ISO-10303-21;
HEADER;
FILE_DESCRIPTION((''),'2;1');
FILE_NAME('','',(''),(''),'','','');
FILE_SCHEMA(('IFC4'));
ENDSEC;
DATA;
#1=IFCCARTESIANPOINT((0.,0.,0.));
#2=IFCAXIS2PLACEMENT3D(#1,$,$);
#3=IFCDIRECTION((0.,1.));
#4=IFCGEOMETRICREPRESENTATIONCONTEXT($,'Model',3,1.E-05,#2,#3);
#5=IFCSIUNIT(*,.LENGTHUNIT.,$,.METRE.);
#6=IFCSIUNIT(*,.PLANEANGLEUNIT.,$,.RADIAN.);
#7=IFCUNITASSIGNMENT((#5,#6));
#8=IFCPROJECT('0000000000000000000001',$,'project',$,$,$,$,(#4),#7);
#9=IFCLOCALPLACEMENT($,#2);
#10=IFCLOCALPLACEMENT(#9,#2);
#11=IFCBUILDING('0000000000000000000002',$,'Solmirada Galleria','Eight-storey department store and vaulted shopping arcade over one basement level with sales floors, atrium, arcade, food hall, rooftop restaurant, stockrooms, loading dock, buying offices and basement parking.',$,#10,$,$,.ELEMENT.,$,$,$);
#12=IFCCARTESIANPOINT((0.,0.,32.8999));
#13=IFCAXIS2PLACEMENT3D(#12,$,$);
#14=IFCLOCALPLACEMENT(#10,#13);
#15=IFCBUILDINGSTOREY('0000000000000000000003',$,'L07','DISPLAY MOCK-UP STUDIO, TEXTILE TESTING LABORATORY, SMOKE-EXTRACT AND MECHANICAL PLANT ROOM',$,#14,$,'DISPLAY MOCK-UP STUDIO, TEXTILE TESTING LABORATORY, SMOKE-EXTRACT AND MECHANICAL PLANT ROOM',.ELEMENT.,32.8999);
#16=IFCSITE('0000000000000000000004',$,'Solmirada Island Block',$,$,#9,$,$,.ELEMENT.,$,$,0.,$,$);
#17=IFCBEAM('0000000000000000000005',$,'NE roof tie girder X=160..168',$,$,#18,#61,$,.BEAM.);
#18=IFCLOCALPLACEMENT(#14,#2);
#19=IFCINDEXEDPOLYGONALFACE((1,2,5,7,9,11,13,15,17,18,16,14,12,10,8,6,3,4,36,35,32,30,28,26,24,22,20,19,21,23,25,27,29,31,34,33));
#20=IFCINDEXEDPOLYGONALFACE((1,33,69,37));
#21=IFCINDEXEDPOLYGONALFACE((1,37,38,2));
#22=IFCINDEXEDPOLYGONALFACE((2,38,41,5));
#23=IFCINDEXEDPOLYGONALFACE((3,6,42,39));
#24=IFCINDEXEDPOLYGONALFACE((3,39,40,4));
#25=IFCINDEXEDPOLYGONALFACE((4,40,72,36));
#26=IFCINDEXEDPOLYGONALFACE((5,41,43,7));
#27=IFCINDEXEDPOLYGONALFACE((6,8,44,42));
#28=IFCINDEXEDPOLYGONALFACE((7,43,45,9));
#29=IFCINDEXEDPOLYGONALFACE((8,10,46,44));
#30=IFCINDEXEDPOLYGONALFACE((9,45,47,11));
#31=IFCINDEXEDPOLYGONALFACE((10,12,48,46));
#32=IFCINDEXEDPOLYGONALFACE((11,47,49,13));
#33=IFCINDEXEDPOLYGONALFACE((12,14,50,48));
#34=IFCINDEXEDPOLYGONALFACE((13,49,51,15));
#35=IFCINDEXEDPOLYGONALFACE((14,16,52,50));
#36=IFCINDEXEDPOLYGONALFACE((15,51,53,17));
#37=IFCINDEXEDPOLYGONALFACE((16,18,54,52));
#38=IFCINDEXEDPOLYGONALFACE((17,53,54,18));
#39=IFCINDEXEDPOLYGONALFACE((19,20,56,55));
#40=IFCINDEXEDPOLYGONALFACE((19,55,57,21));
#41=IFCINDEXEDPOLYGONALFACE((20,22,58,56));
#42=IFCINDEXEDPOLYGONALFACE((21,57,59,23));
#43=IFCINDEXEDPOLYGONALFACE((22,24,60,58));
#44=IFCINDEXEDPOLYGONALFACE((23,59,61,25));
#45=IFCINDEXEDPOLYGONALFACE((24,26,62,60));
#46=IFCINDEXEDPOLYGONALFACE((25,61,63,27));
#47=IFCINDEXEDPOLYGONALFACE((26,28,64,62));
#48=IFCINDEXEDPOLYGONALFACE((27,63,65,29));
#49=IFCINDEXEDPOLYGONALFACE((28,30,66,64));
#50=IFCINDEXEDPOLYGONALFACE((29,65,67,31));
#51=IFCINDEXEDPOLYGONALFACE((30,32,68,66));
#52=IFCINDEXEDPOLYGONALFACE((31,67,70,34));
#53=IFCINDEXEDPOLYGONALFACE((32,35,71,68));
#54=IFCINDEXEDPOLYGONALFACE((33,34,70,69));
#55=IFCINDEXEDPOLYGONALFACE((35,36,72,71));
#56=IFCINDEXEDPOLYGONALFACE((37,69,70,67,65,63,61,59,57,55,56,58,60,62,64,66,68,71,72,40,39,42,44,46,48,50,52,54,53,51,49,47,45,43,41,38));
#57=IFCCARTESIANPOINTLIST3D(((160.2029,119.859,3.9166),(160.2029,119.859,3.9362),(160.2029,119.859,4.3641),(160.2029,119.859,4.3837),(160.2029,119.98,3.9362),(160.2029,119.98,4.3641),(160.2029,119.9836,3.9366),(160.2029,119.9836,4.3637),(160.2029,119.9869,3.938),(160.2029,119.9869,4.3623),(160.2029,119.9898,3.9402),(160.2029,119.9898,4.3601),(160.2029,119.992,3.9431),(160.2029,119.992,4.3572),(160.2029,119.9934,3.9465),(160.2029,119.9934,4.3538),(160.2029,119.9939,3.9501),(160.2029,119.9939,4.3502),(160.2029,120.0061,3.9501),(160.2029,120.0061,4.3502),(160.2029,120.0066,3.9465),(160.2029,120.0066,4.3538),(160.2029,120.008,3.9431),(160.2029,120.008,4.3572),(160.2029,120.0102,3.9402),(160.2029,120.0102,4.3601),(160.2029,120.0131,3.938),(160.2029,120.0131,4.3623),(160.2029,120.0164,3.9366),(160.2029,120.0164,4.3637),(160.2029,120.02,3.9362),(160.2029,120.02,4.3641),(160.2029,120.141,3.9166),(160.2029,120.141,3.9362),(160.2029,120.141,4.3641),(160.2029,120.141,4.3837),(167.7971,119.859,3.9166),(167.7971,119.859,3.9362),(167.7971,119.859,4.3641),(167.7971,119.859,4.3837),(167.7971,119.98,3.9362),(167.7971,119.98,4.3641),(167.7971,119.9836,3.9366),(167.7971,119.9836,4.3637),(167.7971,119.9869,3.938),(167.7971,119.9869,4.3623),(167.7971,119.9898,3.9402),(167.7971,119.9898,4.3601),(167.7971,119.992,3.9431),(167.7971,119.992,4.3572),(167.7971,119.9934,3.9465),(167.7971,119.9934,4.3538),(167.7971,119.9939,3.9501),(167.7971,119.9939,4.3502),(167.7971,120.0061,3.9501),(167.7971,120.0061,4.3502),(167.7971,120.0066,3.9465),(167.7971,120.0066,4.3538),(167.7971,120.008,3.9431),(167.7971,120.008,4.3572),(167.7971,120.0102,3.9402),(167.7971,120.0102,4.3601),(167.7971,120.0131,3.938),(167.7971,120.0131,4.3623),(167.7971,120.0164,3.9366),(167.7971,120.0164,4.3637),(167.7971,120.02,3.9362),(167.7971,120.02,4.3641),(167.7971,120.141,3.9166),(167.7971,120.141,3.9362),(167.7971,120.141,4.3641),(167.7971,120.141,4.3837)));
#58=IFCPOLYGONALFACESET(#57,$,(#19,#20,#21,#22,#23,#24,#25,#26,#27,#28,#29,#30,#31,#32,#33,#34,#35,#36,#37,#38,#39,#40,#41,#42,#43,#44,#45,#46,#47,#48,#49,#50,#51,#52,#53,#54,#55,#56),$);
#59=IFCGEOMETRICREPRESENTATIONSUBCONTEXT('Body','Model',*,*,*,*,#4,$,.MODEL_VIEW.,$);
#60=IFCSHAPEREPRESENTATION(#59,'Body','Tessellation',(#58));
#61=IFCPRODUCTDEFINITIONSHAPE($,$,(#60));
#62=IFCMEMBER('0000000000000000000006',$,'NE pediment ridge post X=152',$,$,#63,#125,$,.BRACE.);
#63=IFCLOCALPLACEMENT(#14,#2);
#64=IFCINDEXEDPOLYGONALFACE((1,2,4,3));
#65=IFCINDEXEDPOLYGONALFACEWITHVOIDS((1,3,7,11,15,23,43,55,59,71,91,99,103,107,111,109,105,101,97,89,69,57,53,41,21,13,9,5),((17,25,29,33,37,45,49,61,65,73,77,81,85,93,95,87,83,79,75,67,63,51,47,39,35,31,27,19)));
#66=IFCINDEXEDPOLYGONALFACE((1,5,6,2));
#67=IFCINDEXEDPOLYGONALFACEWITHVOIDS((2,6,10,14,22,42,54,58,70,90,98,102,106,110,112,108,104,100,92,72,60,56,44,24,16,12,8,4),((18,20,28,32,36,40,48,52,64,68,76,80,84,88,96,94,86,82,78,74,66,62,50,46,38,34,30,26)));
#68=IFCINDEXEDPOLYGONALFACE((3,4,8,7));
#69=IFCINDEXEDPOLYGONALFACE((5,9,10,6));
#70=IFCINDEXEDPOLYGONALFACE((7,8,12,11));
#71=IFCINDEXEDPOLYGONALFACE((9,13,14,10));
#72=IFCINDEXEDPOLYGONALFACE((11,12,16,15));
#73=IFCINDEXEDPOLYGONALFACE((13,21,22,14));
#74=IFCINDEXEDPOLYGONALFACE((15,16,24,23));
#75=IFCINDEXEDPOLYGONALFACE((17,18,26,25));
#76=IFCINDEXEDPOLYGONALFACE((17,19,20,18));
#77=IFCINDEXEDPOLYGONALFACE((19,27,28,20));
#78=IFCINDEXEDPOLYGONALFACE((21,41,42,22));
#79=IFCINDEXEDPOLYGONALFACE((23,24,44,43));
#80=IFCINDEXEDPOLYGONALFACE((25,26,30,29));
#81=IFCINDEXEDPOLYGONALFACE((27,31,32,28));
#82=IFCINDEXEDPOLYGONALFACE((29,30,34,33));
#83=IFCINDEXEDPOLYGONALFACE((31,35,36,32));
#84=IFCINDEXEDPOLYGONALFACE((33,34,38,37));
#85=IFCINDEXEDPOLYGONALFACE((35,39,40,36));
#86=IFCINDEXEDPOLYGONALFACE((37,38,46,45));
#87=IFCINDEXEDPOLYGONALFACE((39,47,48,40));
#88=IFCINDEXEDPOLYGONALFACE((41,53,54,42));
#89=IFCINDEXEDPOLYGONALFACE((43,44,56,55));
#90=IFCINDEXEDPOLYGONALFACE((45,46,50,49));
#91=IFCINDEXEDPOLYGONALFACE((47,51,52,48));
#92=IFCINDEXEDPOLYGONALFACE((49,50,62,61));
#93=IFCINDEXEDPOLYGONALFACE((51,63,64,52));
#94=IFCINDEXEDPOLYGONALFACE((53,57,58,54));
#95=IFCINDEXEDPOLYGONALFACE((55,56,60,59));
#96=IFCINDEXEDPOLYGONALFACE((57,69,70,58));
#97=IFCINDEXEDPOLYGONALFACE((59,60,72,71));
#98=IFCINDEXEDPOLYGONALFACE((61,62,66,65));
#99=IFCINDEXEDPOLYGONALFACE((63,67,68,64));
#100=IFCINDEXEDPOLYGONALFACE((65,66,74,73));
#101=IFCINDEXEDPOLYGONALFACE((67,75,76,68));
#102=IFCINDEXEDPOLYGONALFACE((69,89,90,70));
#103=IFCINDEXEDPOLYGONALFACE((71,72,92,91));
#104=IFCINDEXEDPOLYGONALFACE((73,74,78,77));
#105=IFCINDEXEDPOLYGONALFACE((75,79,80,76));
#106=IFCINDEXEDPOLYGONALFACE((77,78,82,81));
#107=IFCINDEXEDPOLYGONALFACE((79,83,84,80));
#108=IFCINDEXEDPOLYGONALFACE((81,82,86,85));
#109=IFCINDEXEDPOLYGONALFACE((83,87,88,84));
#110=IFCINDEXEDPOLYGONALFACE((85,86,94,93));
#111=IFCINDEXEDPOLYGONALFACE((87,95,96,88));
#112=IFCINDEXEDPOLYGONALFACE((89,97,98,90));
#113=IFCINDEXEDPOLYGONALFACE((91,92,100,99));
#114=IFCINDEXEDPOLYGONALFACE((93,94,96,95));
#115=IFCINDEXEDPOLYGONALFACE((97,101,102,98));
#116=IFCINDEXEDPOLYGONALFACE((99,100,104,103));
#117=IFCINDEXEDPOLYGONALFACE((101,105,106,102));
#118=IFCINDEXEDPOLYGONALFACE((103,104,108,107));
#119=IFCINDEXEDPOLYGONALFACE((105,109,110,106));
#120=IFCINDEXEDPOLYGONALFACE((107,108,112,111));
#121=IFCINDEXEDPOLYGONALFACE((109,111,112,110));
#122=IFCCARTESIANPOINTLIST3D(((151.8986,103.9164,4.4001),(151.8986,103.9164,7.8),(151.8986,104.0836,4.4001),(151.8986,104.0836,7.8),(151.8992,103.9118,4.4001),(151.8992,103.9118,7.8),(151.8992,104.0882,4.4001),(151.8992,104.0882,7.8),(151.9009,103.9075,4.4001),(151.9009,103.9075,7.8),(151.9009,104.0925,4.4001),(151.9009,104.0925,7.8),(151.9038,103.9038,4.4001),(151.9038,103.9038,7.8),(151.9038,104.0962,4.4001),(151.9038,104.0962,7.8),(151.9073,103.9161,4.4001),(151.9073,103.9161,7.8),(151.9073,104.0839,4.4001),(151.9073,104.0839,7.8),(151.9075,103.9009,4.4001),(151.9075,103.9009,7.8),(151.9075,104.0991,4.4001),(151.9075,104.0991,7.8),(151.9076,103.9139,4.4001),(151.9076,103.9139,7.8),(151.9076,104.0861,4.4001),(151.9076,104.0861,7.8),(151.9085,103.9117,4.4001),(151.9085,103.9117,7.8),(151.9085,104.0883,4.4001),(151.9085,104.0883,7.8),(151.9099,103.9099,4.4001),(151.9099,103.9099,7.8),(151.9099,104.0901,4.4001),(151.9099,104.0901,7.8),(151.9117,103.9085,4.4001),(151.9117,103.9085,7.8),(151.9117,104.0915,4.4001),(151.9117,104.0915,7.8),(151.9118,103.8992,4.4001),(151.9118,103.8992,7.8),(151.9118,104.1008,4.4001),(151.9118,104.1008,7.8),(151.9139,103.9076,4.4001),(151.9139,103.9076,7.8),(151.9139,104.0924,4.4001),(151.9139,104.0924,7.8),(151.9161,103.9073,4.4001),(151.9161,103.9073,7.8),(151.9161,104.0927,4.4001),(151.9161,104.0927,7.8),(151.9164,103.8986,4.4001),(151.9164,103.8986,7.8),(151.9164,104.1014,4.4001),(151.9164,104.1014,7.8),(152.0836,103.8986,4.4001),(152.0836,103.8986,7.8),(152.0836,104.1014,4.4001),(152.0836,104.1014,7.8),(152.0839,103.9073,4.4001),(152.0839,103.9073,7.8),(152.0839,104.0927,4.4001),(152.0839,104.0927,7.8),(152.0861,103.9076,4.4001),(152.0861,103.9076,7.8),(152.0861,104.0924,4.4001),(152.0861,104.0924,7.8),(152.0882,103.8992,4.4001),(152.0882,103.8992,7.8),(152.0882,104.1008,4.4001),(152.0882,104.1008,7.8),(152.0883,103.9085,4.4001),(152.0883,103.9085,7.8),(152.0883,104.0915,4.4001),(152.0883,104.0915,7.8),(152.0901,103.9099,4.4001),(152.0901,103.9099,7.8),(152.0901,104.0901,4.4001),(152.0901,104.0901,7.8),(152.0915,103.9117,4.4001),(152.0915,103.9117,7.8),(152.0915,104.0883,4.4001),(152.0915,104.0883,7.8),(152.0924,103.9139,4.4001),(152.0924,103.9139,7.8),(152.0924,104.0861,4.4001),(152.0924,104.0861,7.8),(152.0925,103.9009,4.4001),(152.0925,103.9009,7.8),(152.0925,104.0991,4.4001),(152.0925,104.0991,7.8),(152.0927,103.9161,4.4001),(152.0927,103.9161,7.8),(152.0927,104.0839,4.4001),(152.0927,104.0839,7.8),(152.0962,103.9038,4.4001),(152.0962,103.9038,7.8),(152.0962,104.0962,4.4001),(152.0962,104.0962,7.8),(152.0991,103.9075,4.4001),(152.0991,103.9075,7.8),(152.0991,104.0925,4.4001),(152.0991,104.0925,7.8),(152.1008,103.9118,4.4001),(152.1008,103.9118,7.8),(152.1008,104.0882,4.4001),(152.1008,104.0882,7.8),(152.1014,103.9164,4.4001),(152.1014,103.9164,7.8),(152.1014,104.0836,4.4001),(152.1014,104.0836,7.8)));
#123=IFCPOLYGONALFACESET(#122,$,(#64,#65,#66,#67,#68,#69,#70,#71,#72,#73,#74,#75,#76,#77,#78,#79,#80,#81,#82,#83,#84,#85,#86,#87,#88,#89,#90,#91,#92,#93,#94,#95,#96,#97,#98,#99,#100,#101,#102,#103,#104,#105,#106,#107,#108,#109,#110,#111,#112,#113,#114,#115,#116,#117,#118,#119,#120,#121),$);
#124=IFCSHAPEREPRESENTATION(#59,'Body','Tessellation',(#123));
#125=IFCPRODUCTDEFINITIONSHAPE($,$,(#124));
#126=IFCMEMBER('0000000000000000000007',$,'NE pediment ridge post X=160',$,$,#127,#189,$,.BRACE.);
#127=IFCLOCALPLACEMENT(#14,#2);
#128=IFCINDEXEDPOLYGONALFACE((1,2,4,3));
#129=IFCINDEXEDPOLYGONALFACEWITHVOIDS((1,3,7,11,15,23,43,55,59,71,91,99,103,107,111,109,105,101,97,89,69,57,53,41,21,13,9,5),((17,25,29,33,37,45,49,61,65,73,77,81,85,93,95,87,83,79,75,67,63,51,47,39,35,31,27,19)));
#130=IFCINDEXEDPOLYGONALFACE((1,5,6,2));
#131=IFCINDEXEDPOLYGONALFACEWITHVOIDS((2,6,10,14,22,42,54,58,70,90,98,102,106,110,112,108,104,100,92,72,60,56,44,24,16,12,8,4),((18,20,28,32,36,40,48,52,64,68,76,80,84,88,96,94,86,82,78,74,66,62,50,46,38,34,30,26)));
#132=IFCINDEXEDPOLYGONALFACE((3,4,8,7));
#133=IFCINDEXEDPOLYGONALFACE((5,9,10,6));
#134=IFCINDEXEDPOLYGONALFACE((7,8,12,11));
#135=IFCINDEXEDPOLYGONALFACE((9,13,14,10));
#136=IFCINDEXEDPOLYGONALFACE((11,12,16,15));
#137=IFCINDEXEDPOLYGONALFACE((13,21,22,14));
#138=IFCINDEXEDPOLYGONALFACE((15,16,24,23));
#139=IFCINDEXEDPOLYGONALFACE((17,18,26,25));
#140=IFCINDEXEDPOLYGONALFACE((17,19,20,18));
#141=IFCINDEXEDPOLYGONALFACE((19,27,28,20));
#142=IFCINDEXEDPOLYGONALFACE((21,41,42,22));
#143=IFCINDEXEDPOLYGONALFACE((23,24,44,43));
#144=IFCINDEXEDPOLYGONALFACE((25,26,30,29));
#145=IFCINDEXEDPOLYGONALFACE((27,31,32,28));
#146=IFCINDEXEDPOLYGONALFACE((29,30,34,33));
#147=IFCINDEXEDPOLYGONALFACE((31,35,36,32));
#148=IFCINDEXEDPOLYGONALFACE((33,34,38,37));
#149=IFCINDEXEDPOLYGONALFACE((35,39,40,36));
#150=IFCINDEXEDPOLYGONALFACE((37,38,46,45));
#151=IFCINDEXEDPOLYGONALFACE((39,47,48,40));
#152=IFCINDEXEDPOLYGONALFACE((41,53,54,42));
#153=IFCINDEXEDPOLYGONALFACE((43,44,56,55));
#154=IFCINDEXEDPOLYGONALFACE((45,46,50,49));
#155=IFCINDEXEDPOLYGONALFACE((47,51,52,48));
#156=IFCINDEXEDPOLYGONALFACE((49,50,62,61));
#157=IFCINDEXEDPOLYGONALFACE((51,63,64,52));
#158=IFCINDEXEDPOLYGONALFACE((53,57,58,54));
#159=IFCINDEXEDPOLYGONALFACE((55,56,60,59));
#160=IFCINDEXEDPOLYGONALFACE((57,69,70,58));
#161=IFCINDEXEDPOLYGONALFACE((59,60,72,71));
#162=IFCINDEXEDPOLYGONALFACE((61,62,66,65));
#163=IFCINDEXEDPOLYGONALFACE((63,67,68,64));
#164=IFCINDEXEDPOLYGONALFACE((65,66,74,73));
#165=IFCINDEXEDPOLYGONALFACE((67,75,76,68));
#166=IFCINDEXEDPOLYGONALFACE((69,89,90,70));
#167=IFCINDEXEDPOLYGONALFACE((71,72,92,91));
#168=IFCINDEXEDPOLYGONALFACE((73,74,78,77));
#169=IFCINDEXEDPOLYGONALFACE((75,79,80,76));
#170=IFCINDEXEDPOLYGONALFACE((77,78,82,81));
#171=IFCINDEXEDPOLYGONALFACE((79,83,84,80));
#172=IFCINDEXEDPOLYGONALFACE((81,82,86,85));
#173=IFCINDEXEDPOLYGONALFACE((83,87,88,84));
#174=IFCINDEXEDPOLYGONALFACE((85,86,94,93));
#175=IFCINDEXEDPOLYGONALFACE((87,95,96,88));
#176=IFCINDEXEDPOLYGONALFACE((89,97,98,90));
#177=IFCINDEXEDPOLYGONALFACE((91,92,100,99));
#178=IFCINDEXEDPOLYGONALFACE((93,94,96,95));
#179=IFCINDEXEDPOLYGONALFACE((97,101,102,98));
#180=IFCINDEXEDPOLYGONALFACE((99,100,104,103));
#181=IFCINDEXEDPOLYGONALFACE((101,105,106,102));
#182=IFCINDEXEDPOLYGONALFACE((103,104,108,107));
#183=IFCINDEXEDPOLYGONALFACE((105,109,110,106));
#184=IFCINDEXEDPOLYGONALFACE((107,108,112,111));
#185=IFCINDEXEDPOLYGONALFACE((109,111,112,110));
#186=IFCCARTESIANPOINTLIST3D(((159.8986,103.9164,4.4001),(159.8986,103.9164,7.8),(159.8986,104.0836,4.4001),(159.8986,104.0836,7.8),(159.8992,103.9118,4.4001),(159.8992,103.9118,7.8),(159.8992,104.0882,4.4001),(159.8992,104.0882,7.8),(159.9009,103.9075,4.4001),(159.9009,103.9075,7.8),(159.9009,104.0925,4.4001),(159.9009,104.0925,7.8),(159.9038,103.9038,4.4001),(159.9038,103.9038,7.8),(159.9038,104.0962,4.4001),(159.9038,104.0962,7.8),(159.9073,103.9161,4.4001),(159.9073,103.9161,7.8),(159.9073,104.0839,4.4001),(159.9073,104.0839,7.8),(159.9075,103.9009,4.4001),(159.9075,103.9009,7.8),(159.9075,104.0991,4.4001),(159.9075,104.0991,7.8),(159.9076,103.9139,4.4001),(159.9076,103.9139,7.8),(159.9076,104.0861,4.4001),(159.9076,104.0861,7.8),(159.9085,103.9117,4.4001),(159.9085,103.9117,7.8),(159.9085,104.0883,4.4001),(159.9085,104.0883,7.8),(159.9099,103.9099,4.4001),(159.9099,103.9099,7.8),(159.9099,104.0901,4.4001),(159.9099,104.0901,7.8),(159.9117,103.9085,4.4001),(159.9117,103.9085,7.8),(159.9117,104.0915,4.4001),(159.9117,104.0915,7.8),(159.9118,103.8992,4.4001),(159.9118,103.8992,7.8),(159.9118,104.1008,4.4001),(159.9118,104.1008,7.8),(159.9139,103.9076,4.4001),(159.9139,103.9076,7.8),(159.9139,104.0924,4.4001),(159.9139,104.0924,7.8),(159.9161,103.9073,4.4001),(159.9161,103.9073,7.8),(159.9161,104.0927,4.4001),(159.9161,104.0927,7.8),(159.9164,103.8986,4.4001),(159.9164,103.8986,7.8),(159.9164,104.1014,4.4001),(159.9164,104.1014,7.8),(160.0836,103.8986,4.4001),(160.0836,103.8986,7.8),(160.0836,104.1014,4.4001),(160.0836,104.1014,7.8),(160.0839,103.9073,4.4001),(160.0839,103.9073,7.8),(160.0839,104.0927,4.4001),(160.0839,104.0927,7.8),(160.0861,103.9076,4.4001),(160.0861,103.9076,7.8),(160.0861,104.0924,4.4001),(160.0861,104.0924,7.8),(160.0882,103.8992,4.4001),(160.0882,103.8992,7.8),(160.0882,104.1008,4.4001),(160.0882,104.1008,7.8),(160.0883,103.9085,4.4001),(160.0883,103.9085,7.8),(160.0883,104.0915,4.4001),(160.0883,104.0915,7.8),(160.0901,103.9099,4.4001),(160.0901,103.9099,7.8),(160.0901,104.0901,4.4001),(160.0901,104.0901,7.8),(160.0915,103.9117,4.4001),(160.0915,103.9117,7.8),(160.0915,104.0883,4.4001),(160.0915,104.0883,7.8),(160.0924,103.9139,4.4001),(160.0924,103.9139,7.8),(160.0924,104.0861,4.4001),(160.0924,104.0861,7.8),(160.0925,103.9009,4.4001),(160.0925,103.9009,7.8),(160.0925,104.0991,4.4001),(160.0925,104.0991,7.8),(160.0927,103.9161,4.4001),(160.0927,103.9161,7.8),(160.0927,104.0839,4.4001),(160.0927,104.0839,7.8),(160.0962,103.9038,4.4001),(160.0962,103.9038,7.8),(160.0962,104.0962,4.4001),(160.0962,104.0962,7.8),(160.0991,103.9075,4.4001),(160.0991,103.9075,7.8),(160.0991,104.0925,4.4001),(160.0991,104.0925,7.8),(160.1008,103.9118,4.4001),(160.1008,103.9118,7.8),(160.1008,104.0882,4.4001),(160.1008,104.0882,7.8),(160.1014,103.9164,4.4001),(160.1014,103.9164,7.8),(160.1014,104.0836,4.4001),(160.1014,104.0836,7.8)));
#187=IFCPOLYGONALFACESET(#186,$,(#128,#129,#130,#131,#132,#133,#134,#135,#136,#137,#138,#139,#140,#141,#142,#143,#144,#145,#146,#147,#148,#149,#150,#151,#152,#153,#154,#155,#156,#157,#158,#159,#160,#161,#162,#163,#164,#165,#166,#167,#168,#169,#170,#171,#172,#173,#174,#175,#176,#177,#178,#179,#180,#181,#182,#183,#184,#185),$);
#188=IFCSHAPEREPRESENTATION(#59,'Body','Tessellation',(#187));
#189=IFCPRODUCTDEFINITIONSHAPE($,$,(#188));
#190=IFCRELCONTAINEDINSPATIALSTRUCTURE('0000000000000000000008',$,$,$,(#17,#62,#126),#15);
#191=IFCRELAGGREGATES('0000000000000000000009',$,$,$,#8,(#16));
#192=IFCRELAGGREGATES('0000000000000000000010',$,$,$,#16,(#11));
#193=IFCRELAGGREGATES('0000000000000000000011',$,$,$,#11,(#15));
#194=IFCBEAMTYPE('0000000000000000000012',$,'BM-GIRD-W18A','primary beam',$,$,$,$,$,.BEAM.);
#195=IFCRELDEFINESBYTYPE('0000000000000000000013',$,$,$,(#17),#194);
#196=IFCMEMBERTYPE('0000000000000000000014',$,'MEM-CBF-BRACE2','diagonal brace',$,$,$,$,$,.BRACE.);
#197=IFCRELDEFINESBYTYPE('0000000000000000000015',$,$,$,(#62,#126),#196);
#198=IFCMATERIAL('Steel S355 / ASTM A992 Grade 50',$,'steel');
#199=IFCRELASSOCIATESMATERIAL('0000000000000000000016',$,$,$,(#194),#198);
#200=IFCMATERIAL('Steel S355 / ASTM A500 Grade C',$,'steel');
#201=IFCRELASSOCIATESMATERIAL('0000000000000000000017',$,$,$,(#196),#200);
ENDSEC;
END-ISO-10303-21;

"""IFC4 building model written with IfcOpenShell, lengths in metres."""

from ifc_helpers import new_model, si_unit, direction, frame, origin, origin_2d, place, context, subcontext, project, spatial, hollow_rectangle, i_section, extrude, material, material_profile, profile_set, type_object, element, save


model = new_model("IFC4")

# Units and contexts
model_context = context("Model", 3, precision=1e-05, world=origin(), true_north=direction((0.0, 1.0)))
body_context = subcontext(model_context, "Body", "Model", "MODEL_VIEW")
ifc_project = project(units=[si_unit("LENGTHUNIT", "METRE"), si_unit("PLANEANGLEUNIT", "RADIAN")], contexts=[model_context])

# Site, building, storey
site_placement = place(None, origin())
site = spatial("IfcSite", under=ifc_project, at=site_placement, Name="Solmirada Island Block", CompositionType="ELEMENT", RefElevation=0.0)
building_placement = place(site_placement, origin())
building = spatial("IfcBuilding", under=site, at=building_placement, Name="Solmirada Galleria", Description="Eight-storey department store and vaulted shopping arcade over one basement level with sales floors, atrium, arcade, food hall, rooftop restaurant, stockrooms, loading dock, buying offices and basement parking.", CompositionType="ELEMENT")
storey_placement = place(building_placement, frame((0.0, 0.0, 32.8999)))
storey = spatial("IfcBuildingStorey", under=building, at=storey_placement, Name="L07", Description="DISPLAY MOCK-UP STUDIO, TEXTILE TESTING LABORATORY, SMOKE-EXTRACT AND MECHANICAL PLANT ROOM", LongName="DISPLAY MOCK-UP STUDIO, TEXTILE TESTING LABORATORY, SMOKE-EXTRACT AND MECHANICAL PLANT ROOM", CompositionType="ELEMENT", Elevation=32.8999)

# Shared definitions
ifc_material_1 = material(Name="Steel S355 / ASTM A500 Grade C", Category="steel")

# Beam
ifc_material_2 = material(Name="Steel S355 / ASTM A992 Grade 50", Category="steel")
ifc_material_profile_1 = material_profile(ifc_material_2, i_section(OverallWidth=0.282, OverallDepth=0.467, WebThickness=0.0122, FlangeThickness=0.0195, FilletRadius=0.0139, at=origin_2d()), Name="W18X86")
ifc_profile_set_1 = profile_set([ifc_material_profile_1], Name="Steel S355 / ASTM A992 Grade 50")
beam_type = type_object("IfcBeamType", Name="BM-GIRD-W18A", Description="primary beam", PredefinedType="BEAM", material=ifc_profile_set_1)
beam_1_placement = place(storey_placement, frame((160.2029, 120.0, 4.1501), z_axis=(1.0, 0.0, 0.0), x_axis=(0.0, 1.0, 0.0)))
element("IfcBeam", 1, at=beam_1_placement, inside=storey, type_object=beam_type, Name="NE roof tie girder X=160..168", PredefinedType="BEAM", context=body_context, shape_type="SweptSolid", body=[
    extrude(i_section(OverallWidth=0.282, OverallDepth=0.467, WebThickness=0.0122, FlangeThickness=0.0195, FilletRadius=0.0139, at=origin_2d()), origin(), (0.0, 0.0, 1.0), 7.5942),
])

# Members
ifc_material_profile_2 = material_profile(ifc_material_1, hollow_rectangle(XDim=0.2029, YDim=0.2029, WallThickness=0.0088, InnerFilletRadius=0.0088, OuterFilletRadius=0.0178, at=origin_2d()), Name="HSS8X8X3/8")
ifc_profile_set_2 = profile_set([ifc_material_profile_2], Name="Steel S355 / ASTM A500 Grade C")
member_type_1 = type_object("IfcMemberType", Name="MEM-CBF-BRACE2", Description="diagonal brace", PredefinedType="BRACE", material=ifc_profile_set_2)
for number, where, z_axis, x_axis, name in (
    (2, (152.0, 104.0, 4.4001), (0.0, 0.0, 1.0), (1.0, 0.0, 0.0), "NE pediment ridge post X=152"),
    (3, (160.0, 104.0, 4.4001), (0.0, 0.0, 1.0), (1.0, 0.0, 0.0), "NE pediment ridge post X=160"),
):
    element("IfcMember", number, at=place(storey_placement, frame(where, z_axis=z_axis, x_axis=x_axis)), inside=storey, type_object=member_type_1, Name=name, PredefinedType="BRACE", context=body_context, shape_type="SweptSolid", body=[
        extrude(hollow_rectangle(XDim=0.2029, YDim=0.2029, WallThickness=0.0088, InnerFilletRadius=0.0088, OuterFilletRadius=0.0178, at=origin_2d()), origin(), (0.0, 0.0, 1.0), 3.3999),
    ])

save(model, "model.ifc")
